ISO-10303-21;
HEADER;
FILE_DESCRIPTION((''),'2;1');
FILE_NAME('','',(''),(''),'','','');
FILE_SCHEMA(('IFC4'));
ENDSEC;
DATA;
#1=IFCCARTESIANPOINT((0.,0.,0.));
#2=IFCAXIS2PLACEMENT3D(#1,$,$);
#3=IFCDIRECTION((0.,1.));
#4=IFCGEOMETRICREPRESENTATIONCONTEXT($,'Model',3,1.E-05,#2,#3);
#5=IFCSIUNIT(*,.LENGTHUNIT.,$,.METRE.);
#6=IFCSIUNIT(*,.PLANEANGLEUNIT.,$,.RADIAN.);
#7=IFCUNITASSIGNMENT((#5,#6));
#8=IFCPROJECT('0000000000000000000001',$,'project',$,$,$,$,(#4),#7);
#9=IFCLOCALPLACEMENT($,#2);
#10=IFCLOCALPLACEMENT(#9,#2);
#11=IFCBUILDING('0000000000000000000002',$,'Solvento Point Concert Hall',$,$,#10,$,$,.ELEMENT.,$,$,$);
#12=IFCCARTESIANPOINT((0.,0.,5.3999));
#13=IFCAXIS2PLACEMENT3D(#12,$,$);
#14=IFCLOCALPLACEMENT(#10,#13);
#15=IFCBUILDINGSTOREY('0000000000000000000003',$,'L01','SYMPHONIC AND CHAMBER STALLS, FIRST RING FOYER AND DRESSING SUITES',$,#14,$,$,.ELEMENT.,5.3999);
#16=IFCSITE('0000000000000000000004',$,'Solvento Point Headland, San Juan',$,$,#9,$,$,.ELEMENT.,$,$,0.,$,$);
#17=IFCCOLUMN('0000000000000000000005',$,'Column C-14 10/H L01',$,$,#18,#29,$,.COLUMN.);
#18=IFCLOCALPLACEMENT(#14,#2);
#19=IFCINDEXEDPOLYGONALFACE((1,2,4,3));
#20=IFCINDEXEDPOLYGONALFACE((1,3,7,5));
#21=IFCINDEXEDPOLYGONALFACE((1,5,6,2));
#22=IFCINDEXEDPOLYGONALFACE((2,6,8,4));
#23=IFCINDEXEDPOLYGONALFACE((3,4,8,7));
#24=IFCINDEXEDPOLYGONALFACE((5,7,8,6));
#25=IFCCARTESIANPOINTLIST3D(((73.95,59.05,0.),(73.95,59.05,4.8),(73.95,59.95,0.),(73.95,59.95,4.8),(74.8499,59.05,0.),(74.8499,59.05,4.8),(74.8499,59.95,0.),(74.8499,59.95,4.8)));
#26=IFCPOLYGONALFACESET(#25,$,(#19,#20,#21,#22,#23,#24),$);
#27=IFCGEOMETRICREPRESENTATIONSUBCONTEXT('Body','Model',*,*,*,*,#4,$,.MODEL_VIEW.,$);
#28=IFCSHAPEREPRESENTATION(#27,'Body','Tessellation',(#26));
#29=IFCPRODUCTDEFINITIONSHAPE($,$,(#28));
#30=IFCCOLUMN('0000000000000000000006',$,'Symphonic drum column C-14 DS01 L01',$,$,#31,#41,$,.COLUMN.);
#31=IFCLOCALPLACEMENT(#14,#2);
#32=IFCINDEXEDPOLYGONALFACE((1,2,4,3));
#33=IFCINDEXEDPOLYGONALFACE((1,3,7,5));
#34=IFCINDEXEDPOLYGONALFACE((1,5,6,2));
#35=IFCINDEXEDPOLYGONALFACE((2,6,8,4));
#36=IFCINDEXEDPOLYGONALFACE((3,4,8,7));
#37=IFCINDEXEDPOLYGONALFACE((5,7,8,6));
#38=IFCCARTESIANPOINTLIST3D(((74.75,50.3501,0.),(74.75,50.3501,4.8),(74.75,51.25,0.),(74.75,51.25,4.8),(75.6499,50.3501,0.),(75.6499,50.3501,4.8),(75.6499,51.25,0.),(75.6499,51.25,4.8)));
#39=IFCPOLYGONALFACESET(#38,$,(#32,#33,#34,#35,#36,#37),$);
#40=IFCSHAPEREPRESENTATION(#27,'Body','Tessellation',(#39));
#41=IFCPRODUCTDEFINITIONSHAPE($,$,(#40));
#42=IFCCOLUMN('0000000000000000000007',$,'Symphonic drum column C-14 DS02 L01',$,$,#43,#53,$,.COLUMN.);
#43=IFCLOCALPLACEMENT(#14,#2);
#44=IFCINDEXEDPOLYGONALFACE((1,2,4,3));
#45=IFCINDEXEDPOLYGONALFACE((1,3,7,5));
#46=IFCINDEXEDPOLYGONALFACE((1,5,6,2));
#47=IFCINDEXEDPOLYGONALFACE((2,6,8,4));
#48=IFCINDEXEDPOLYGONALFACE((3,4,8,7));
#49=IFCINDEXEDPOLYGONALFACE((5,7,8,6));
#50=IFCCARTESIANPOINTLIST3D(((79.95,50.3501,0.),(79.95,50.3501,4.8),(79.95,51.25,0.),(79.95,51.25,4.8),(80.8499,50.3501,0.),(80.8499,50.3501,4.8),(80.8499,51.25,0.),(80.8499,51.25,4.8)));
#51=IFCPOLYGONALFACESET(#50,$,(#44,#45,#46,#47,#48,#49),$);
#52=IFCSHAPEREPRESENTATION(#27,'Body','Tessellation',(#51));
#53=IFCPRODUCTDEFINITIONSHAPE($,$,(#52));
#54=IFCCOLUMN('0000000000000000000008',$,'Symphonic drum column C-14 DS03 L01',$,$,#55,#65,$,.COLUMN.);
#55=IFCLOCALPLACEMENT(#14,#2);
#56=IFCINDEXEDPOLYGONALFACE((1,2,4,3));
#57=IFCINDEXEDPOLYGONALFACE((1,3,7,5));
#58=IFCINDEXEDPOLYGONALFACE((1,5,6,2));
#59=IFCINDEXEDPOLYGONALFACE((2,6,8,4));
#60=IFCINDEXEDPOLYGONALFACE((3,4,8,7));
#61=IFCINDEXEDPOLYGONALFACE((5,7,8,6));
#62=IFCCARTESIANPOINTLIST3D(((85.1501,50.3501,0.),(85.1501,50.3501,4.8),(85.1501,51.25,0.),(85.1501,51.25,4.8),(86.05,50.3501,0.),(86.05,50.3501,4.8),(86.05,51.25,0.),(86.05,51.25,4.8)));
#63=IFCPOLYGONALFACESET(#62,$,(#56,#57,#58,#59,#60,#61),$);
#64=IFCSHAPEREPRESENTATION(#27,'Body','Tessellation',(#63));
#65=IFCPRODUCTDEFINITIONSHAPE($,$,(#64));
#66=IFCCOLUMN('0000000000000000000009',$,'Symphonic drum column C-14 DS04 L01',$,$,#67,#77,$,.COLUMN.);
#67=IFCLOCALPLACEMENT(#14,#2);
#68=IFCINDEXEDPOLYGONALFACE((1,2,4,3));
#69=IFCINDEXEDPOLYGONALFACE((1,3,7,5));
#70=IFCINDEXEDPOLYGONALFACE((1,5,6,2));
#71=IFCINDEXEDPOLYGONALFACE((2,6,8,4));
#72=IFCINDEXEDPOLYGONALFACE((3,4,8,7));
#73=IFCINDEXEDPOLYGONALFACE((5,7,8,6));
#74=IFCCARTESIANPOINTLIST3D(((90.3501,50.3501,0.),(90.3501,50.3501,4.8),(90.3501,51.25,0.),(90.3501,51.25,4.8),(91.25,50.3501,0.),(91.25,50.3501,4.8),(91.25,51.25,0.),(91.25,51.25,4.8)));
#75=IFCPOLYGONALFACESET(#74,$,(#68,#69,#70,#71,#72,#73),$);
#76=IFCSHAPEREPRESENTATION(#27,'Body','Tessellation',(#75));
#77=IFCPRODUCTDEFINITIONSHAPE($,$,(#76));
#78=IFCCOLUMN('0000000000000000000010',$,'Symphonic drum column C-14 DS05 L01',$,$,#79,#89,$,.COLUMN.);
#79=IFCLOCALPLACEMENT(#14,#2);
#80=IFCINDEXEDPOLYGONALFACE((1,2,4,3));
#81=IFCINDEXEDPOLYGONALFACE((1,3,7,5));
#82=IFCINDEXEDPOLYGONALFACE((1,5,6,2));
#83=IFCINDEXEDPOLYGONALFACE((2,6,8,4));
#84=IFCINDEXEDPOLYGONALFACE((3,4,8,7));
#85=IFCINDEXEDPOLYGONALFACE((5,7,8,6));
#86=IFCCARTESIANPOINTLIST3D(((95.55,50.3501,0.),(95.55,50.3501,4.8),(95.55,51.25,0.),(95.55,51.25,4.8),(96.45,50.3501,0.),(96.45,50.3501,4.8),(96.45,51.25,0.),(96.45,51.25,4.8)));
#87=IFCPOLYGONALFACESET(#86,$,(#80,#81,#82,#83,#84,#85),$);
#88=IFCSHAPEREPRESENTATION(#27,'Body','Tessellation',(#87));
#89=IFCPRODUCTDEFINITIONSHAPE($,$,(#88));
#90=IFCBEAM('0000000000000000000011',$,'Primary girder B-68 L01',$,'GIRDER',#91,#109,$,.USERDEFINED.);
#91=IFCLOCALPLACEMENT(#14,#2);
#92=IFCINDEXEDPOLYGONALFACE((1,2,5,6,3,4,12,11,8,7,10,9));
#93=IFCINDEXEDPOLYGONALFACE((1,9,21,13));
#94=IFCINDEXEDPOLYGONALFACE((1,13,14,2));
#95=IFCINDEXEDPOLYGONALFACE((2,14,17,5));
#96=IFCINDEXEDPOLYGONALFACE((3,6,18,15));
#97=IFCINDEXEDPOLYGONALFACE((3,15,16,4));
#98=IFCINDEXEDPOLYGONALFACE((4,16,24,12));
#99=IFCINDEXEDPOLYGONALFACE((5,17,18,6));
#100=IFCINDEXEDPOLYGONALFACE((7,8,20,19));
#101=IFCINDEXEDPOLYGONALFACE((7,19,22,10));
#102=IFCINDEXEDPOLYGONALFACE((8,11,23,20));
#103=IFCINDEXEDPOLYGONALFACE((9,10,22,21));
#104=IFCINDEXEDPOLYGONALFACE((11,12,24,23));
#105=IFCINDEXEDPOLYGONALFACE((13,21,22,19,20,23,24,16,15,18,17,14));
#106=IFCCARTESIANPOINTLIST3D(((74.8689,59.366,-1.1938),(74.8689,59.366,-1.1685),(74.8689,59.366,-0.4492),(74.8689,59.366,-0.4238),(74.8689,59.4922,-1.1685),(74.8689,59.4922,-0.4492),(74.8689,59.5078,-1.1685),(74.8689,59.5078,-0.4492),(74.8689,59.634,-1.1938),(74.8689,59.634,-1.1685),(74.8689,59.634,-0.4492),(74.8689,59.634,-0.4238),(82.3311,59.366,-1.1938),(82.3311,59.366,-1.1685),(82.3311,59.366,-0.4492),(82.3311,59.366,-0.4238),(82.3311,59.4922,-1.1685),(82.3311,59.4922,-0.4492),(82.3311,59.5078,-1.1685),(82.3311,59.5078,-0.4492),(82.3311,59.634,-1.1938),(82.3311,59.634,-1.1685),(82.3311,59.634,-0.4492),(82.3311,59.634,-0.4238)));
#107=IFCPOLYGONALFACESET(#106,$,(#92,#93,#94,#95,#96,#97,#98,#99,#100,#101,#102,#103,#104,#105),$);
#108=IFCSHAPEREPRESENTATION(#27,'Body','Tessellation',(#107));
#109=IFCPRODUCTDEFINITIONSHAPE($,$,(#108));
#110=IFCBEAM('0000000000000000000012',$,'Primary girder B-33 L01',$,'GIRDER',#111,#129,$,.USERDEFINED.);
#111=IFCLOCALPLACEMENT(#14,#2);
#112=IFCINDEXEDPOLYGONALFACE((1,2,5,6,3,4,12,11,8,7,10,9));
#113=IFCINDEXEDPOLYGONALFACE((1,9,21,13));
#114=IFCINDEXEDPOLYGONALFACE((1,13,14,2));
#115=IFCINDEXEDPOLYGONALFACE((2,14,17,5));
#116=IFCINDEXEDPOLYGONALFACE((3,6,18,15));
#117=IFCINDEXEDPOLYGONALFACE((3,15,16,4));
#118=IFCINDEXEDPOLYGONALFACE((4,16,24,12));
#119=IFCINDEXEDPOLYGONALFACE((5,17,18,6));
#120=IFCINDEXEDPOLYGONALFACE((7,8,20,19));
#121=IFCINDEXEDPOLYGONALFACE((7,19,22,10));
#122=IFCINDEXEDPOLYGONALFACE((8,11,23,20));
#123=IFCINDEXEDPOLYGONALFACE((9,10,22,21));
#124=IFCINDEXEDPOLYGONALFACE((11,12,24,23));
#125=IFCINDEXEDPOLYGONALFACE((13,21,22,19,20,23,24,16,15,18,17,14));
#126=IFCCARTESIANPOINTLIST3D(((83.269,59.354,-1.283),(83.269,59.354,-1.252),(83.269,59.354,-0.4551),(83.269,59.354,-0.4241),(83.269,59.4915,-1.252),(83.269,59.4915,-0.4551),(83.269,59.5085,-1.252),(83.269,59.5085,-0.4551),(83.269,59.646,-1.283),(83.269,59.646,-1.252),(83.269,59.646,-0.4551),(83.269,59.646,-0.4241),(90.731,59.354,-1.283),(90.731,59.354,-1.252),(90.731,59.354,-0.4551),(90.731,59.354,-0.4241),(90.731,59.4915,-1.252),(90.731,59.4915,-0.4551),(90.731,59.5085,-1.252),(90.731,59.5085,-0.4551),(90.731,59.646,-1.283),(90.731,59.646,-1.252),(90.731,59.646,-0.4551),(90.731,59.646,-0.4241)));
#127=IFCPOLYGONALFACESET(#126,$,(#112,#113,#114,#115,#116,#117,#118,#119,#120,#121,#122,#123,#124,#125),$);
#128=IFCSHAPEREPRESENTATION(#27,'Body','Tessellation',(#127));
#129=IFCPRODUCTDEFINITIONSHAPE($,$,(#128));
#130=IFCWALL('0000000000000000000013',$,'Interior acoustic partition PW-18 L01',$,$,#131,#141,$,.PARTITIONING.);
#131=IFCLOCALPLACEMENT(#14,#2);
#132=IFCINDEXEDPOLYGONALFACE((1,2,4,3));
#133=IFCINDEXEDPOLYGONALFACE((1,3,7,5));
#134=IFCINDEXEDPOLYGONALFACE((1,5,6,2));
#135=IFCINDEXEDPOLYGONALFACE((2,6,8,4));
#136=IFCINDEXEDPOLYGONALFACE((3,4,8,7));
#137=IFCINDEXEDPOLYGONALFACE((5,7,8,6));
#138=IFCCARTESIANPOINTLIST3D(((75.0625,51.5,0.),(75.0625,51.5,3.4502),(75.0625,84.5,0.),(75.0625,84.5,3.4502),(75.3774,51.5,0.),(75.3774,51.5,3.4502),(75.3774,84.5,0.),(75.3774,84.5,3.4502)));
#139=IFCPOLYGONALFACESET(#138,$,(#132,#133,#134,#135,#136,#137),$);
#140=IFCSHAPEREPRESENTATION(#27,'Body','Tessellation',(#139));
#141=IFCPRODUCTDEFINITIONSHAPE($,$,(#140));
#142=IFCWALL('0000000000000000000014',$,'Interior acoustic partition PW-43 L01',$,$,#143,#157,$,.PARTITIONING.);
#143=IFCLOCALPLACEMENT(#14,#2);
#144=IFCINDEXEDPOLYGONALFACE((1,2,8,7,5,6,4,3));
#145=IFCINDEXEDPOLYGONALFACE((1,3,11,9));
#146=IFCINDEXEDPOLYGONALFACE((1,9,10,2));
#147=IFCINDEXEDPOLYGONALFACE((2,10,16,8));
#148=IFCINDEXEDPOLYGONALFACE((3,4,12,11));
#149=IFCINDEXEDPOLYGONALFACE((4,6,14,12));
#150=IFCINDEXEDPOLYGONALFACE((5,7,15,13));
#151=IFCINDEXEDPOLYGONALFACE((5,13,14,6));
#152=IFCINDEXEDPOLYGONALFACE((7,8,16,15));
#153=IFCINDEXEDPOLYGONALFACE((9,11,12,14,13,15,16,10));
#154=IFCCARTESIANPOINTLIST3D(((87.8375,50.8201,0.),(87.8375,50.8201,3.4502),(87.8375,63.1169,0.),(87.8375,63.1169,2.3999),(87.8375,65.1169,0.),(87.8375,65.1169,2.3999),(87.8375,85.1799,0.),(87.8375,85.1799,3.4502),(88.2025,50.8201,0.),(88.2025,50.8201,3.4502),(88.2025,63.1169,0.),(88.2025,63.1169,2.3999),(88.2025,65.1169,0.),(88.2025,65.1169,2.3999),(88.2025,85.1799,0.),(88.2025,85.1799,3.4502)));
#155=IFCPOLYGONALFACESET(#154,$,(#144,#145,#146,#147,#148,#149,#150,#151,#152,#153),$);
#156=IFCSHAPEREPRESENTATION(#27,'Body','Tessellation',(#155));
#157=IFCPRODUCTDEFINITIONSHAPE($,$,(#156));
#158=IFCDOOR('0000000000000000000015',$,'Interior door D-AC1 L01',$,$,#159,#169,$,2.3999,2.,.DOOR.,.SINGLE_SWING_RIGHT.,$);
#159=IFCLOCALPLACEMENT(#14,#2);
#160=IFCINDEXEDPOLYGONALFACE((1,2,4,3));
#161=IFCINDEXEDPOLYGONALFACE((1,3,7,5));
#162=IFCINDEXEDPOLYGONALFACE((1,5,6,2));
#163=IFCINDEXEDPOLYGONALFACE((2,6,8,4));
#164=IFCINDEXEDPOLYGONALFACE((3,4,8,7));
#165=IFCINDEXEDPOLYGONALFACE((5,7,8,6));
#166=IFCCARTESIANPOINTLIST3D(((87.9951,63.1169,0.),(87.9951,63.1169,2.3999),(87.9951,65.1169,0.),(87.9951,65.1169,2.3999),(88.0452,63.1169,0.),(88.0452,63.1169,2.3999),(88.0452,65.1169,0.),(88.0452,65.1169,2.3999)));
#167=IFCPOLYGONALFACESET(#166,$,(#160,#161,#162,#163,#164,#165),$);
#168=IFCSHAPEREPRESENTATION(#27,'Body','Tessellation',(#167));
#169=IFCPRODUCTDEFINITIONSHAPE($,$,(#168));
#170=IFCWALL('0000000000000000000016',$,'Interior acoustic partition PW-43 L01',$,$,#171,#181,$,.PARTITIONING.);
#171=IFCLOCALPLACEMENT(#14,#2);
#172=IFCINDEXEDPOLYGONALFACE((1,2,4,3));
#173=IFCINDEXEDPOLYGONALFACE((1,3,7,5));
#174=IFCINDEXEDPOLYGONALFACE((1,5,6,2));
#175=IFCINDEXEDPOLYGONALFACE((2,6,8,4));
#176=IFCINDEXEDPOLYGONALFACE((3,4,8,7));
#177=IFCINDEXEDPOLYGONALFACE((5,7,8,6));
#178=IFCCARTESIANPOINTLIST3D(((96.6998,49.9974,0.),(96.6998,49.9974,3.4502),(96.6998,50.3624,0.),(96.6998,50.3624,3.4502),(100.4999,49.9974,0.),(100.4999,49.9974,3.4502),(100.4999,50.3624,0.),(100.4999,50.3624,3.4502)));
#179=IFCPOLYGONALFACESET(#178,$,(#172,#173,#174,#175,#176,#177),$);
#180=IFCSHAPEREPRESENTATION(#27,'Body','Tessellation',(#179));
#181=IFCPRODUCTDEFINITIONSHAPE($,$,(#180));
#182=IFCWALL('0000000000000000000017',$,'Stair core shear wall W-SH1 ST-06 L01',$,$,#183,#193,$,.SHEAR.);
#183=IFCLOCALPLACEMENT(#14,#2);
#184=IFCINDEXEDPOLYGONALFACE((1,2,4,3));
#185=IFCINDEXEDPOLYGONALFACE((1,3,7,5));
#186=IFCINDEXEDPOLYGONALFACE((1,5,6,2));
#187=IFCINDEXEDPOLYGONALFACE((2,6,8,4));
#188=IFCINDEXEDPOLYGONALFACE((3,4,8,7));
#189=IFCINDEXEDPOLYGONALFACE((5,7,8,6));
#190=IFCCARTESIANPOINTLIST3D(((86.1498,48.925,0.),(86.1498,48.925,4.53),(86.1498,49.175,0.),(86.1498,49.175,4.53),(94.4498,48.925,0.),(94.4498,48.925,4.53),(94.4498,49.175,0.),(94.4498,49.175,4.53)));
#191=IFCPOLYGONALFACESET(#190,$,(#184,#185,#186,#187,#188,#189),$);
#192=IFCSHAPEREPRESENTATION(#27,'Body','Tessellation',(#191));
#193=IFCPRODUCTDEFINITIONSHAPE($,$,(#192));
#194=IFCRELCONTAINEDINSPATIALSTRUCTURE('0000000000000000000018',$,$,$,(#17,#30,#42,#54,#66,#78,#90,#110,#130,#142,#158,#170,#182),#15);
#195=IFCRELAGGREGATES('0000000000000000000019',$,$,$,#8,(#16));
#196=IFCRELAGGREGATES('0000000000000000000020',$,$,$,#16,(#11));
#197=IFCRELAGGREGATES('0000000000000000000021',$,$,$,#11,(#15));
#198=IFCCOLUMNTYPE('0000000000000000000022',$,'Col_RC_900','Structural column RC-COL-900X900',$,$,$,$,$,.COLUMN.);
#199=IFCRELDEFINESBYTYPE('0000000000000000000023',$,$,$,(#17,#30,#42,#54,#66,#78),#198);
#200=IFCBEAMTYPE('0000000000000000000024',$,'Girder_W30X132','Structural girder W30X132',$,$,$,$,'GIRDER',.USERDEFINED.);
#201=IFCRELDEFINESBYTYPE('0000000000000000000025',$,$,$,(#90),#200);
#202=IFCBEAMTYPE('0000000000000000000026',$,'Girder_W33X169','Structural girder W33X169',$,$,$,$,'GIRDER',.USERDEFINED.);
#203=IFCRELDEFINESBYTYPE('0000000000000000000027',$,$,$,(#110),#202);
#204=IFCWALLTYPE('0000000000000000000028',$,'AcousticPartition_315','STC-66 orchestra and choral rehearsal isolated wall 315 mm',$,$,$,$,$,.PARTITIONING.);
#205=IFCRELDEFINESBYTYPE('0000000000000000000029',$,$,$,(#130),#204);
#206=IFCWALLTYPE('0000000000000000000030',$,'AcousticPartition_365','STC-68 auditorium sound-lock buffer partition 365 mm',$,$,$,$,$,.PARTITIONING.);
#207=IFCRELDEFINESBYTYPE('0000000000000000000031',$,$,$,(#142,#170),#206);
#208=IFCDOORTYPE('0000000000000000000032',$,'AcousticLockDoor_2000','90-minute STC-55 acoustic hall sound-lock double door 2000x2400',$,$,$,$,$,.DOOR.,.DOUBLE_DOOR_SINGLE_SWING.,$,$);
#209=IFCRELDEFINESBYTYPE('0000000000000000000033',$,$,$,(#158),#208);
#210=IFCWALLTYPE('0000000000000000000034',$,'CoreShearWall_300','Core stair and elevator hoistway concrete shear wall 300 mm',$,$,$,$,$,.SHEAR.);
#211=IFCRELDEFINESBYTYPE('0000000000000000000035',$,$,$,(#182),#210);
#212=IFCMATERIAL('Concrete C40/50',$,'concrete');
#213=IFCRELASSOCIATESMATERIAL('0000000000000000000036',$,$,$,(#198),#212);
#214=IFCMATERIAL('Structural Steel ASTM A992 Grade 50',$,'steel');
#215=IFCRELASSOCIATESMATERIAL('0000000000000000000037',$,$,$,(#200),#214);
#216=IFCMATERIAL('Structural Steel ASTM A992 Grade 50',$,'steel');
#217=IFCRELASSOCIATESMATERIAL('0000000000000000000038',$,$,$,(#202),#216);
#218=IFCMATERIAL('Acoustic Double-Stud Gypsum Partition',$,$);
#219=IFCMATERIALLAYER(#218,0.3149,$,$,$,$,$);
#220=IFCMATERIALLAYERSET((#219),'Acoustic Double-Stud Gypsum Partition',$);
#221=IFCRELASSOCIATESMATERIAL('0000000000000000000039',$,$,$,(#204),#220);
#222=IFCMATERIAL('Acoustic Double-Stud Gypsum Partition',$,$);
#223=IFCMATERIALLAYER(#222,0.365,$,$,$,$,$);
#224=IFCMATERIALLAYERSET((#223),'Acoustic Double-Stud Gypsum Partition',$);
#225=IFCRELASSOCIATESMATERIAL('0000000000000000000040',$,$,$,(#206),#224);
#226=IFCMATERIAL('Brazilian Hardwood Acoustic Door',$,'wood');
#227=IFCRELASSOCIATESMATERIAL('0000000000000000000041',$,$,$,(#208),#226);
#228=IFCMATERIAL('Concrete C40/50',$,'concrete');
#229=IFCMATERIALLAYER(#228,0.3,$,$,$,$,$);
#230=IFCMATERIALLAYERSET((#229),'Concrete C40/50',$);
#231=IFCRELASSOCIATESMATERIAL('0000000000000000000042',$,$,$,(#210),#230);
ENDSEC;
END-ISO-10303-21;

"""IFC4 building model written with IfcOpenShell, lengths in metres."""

from ifc_helpers import new_model, si_unit, direction, frame, frame_2d, origin, origin_2d, place, context, subcontext, project, spatial, rectangle, i_section, extrude, material, layer, layer_set, material_profile, profile_set, type_object, element, fill, save


model = new_model("IFC4")

# Units and contexts
model_context = context("Model", 3, precision=1e-05, world=origin(), true_north=direction((0.0, 1.0)))
body_context = subcontext(model_context, "Body", "Model", "MODEL_VIEW")
ifc_project = project(units=[si_unit("LENGTHUNIT", "METRE"), si_unit("PLANEANGLEUNIT", "RADIAN")], contexts=[model_context])

# Site, building, storey
site_placement = place(None, origin())
site = spatial("IfcSite", under=ifc_project, at=site_placement, Name="Solvento Point Headland, San Juan", CompositionType="ELEMENT", RefElevation=0.0)
building_placement = place(site_placement, origin())
building = spatial("IfcBuilding", under=site, at=building_placement, Name="Solvento Point Concert Hall", CompositionType="ELEMENT")
storey_placement = place(building_placement, frame((0.0, 0.0, 5.3999)))
storey = spatial("IfcBuildingStorey", under=building, at=storey_placement, Name="L01", Description="SYMPHONIC AND CHAMBER STALLS, FIRST RING FOYER AND DRESSING SUITES", CompositionType="ELEMENT", Elevation=5.3999)

# Columns
ifc_material_1 = material(Name="Concrete C40/50", Category="concrete")
ifc_material_profile_1 = material_profile(ifc_material_1, rectangle(XDim=0.8999, YDim=0.8999, at=origin_2d()), Name="RC-COL-900X900")
ifc_profile_set_1 = profile_set([ifc_material_profile_1], Name="Concrete C40/50")
column_type = type_object("IfcColumnType", Name="Col_RC_900", Description="Structural column RC-COL-900X900", PredefinedType="COLUMN", material=ifc_profile_set_1)
for number, where, z_axis, x_axis, name in (
    (1, (74.3999, 59.5, 0.0), (0.0, 0.0, 1.0), (1.0, 0.0, 0.0), "Column C-14 10/H L01"),
    (2, (75.2, 50.8, 0.0), (0.0, 0.0, 1.0), (1.0, 0.0, 0.0), "Symphonic drum column C-14 DS01 L01"),
    (3, (80.3999, 50.8, 0.0), (0.0, 0.0, 1.0), (1.0, 0.0, 0.0), "Symphonic drum column C-14 DS02 L01"),
    (4, (85.6001, 50.8, 0.0), (0.0, 0.0, 1.0), (1.0, 0.0, 0.0), "Symphonic drum column C-14 DS03 L01"),
    (5, (90.8, 50.8, 0.0), (0.0, 0.0, 1.0), (1.0, 0.0, 0.0), "Symphonic drum column C-14 DS04 L01"),
    (6, (96.0, 50.8, 0.0), (0.0, 0.0, 1.0), (1.0, 0.0, 0.0), "Symphonic drum column C-14 DS05 L01"),
):
    element("IfcColumn", number, at=place(storey_placement, frame(where, z_axis=z_axis, x_axis=x_axis)), inside=storey, type_object=column_type, Name=name, PredefinedType="COLUMN", context=body_context, shape_type="SweptSolid", body=[
        extrude(rectangle(XDim=0.8999, YDim=0.8999, at=origin_2d()), origin(), (0.0, 0.0, 1.0), 4.8),
    ])

# Beams
ifc_material_2 = material(Name="Structural Steel ASTM A992 Grade 50", Category="steel")
ifc_material_profile_2 = material_profile(ifc_material_2, i_section(OverallWidth=0.2681, OverallDepth=0.77, WebThickness=0.0156, FlangeThickness=0.0254, at=origin_2d()), Name="W30X132")
ifc_profile_set_2 = profile_set([ifc_material_profile_2], Name="Structural Steel ASTM A992 Grade 50")
beam_type_1 = type_object("IfcBeamType", Name="Girder_W30X132", Description="Structural girder W30X132", ElementType="GIRDER", PredefinedType="USERDEFINED", material=ifc_profile_set_2)
beam_1_placement = place(storey_placement, frame((74.8689, 59.5, -0.8088), z_axis=(1.0, 0.0, 0.0), x_axis=(0.0, 1.0, 0.0)))
element("IfcBeam", 7, at=beam_1_placement, inside=storey, type_object=beam_type_1, Name="Primary girder B-68 L01", ObjectType="GIRDER", PredefinedType="USERDEFINED", context=body_context, shape_type="SweptSolid", body=[
    extrude(i_section(OverallWidth=0.2681, OverallDepth=0.77, WebThickness=0.0156, FlangeThickness=0.0254, at=origin_2d()), origin(), (0.0, 0.0, 1.0), 7.4622),
])
ifc_material_3 = material(Name="Structural Steel ASTM A992 Grade 50", Category="steel")
ifc_material_profile_3 = material_profile(ifc_material_3, i_section(OverallWidth=0.292, OverallDepth=0.8589, WebThickness=0.0171, FlangeThickness=0.031, at=origin_2d()), Name="W33X169")
ifc_profile_set_3 = profile_set([ifc_material_profile_3], Name="Structural Steel ASTM A992 Grade 50")
beam_type_2 = type_object("IfcBeamType", Name="Girder_W33X169", Description="Structural girder W33X169", ElementType="GIRDER", PredefinedType="USERDEFINED", material=ifc_profile_set_3)
beam_2_placement = place(storey_placement, frame((83.269, 59.5, -0.8535), z_axis=(1.0, 0.0, 0.0), x_axis=(0.0, 1.0, 0.0)))
element("IfcBeam", 8, at=beam_2_placement, inside=storey, type_object=beam_type_2, Name="Primary girder B-33 L01", ObjectType="GIRDER", PredefinedType="USERDEFINED", context=body_context, shape_type="SweptSolid", body=[
    extrude(i_section(OverallWidth=0.292, OverallDepth=0.8589, WebThickness=0.0171, FlangeThickness=0.031, at=origin_2d()), origin(), (0.0, 0.0, 1.0), 7.4619),
])

# Wall
ifc_material_4 = material(Name="Acoustic Double-Stud Gypsum Partition")
ifc_layer_1 = layer(ifc_material_4, 0.3149)
ifc_layer_set_1 = layer_set([ifc_layer_1], Name="Acoustic Double-Stud Gypsum Partition")
wall_type_1 = type_object("IfcWallType", Name="AcousticPartition_315", Description="STC-66 orchestra and choral rehearsal isolated wall 315 mm", PredefinedType="PARTITIONING", material=ifc_layer_set_1)
wall_1_placement = place(storey_placement, frame((75.22, 51.5, 0.0), z_axis=(0.0, 0.0, 1.0), x_axis=(0.0, 1.0, 0.0)))
element("IfcWall", 9, at=wall_1_placement, inside=storey, type_object=wall_type_1, Name="Interior acoustic partition PW-18 L01", PredefinedType="PARTITIONING", context=body_context, shape_type="SweptSolid", body=[
    extrude(rectangle(XDim=33.0, YDim=0.3149, at=frame_2d((16.5, 0.0))), origin(), (0.0, 0.0, 1.0), 3.4502),
])

# Wall, opening, door
ifc_material_5 = material(Name="Acoustic Double-Stud Gypsum Partition")
ifc_layer_2 = layer(ifc_material_5, 0.365)
ifc_layer_set_2 = layer_set([ifc_layer_2], Name="Acoustic Double-Stud Gypsum Partition")
wall_type_2 = type_object("IfcWallType", Name="AcousticPartition_365", Description="STC-68 auditorium sound-lock buffer partition 365 mm", PredefinedType="PARTITIONING", material=ifc_layer_set_2)
wall_2_placement = place(storey_placement, frame((88.02, 50.8201, 0.0), z_axis=(0.0, 0.0, 1.0), x_axis=(0.0, 1.0, 0.0)))
wall_2 = element("IfcWall", 10, at=wall_2_placement, inside=storey, type_object=wall_type_2, Name="Interior acoustic partition PW-43 L01", PredefinedType="PARTITIONING", context=body_context, shape_type="SweptSolid", body=[
    extrude(rectangle(XDim=34.3599, YDim=0.365, at=frame_2d((17.1799, 0.0))), origin(), (0.0, 0.0, 1.0), 3.4502),
])
opening_1_placement = place(wall_2_placement, frame((12.2969, 0.0, 0.0)))
opening_1 = element("IfcOpeningElement", 11, at=opening_1_placement, cuts=wall_2, PredefinedType="OPENING", context=body_context, shape_type="SweptSolid", body=[
    extrude(rectangle(XDim=2.0, YDim=2.3999, at=frame_2d((1.0, 1.2))), frame((0.0, 0.1924, 0.0), z_axis=(0.0, -1.0, 0.0), x_axis=(1.0, 0.0, 0.0)), (0.0, 0.0, 1.0), 0.385),
])
ifc_material_6 = material(Name="Brazilian Hardwood Acoustic Door", Category="wood")
door_type_1 = type_object("IfcDoorType", Name="AcousticLockDoor_2000", Description="90-minute STC-55 acoustic hall sound-lock double door 2000x2400", OperationType="DOUBLE_DOOR_SINGLE_SWING", PredefinedType="DOOR", material=ifc_material_6)
door_1_placement = place(opening_1_placement, origin())
door_1 = element("IfcDoor", 12, at=door_1_placement, inside=storey, type_object=door_type_1, Name="Interior door D-AC1 L01", OperationType="SINGLE_SWING_RIGHT", OverallHeight=2.3999, OverallWidth=2.0, PredefinedType="DOOR", context=body_context, shape_type="SweptSolid", body=[
    extrude(rectangle(XDim=2.0, YDim=2.3999, at=frame_2d((1.0, 1.2))), frame((0.0, 0.0249, 0.0), z_axis=(0.0, -1.0, 0.0), x_axis=(1.0, 0.0, 0.0)), (0.0, 0.0, 1.0), 0.05),
])
fill(opening_1, door_1)

# Walls
wall_3_placement = place(storey_placement, frame((96.7, 50.1799, 0.0), z_axis=(0.0, 0.0, 1.0), x_axis=(1.0, 0.0, 0.0)))
element("IfcWall", 13, at=wall_3_placement, inside=storey, type_object=wall_type_2, Name="Interior acoustic partition PW-43 L01", PredefinedType="PARTITIONING", context=body_context, shape_type="SweptSolid", body=[
    extrude(rectangle(XDim=3.8, YDim=0.365, at=frame_2d((1.8999, 0.0))), origin(), (0.0, 0.0, 1.0), 3.4502),
])
ifc_material_7 = material(Name="Concrete C40/50", Category="concrete")
ifc_layer_3 = layer(ifc_material_7, 0.3)
ifc_layer_set_3 = layer_set([ifc_layer_3], Name="Concrete C40/50")
wall_type_3 = type_object("IfcWallType", Name="CoreShearWall_300", Description="Core stair and elevator hoistway concrete shear wall 300 mm", PredefinedType="SHEAR", material=ifc_layer_set_3)
wall_4_placement = place(storey_placement, frame((86.1499, 49.05, 0.0), z_axis=(0.0, 0.0, 1.0), x_axis=(1.0, 0.0, 0.0)))
element("IfcWall", 14, at=wall_4_placement, inside=storey, type_object=wall_type_3, Name="Stair core shear wall W-SH1 ST-06 L01", PredefinedType="SHEAR", context=body_context, shape_type="SweptSolid", body=[
    extrude(rectangle(XDim=8.3, YDim=0.25, at=frame_2d((4.1499, 0.0))), origin(), (0.0, 0.0, 1.0), 4.53),
])

save(model, "model.ifc")
